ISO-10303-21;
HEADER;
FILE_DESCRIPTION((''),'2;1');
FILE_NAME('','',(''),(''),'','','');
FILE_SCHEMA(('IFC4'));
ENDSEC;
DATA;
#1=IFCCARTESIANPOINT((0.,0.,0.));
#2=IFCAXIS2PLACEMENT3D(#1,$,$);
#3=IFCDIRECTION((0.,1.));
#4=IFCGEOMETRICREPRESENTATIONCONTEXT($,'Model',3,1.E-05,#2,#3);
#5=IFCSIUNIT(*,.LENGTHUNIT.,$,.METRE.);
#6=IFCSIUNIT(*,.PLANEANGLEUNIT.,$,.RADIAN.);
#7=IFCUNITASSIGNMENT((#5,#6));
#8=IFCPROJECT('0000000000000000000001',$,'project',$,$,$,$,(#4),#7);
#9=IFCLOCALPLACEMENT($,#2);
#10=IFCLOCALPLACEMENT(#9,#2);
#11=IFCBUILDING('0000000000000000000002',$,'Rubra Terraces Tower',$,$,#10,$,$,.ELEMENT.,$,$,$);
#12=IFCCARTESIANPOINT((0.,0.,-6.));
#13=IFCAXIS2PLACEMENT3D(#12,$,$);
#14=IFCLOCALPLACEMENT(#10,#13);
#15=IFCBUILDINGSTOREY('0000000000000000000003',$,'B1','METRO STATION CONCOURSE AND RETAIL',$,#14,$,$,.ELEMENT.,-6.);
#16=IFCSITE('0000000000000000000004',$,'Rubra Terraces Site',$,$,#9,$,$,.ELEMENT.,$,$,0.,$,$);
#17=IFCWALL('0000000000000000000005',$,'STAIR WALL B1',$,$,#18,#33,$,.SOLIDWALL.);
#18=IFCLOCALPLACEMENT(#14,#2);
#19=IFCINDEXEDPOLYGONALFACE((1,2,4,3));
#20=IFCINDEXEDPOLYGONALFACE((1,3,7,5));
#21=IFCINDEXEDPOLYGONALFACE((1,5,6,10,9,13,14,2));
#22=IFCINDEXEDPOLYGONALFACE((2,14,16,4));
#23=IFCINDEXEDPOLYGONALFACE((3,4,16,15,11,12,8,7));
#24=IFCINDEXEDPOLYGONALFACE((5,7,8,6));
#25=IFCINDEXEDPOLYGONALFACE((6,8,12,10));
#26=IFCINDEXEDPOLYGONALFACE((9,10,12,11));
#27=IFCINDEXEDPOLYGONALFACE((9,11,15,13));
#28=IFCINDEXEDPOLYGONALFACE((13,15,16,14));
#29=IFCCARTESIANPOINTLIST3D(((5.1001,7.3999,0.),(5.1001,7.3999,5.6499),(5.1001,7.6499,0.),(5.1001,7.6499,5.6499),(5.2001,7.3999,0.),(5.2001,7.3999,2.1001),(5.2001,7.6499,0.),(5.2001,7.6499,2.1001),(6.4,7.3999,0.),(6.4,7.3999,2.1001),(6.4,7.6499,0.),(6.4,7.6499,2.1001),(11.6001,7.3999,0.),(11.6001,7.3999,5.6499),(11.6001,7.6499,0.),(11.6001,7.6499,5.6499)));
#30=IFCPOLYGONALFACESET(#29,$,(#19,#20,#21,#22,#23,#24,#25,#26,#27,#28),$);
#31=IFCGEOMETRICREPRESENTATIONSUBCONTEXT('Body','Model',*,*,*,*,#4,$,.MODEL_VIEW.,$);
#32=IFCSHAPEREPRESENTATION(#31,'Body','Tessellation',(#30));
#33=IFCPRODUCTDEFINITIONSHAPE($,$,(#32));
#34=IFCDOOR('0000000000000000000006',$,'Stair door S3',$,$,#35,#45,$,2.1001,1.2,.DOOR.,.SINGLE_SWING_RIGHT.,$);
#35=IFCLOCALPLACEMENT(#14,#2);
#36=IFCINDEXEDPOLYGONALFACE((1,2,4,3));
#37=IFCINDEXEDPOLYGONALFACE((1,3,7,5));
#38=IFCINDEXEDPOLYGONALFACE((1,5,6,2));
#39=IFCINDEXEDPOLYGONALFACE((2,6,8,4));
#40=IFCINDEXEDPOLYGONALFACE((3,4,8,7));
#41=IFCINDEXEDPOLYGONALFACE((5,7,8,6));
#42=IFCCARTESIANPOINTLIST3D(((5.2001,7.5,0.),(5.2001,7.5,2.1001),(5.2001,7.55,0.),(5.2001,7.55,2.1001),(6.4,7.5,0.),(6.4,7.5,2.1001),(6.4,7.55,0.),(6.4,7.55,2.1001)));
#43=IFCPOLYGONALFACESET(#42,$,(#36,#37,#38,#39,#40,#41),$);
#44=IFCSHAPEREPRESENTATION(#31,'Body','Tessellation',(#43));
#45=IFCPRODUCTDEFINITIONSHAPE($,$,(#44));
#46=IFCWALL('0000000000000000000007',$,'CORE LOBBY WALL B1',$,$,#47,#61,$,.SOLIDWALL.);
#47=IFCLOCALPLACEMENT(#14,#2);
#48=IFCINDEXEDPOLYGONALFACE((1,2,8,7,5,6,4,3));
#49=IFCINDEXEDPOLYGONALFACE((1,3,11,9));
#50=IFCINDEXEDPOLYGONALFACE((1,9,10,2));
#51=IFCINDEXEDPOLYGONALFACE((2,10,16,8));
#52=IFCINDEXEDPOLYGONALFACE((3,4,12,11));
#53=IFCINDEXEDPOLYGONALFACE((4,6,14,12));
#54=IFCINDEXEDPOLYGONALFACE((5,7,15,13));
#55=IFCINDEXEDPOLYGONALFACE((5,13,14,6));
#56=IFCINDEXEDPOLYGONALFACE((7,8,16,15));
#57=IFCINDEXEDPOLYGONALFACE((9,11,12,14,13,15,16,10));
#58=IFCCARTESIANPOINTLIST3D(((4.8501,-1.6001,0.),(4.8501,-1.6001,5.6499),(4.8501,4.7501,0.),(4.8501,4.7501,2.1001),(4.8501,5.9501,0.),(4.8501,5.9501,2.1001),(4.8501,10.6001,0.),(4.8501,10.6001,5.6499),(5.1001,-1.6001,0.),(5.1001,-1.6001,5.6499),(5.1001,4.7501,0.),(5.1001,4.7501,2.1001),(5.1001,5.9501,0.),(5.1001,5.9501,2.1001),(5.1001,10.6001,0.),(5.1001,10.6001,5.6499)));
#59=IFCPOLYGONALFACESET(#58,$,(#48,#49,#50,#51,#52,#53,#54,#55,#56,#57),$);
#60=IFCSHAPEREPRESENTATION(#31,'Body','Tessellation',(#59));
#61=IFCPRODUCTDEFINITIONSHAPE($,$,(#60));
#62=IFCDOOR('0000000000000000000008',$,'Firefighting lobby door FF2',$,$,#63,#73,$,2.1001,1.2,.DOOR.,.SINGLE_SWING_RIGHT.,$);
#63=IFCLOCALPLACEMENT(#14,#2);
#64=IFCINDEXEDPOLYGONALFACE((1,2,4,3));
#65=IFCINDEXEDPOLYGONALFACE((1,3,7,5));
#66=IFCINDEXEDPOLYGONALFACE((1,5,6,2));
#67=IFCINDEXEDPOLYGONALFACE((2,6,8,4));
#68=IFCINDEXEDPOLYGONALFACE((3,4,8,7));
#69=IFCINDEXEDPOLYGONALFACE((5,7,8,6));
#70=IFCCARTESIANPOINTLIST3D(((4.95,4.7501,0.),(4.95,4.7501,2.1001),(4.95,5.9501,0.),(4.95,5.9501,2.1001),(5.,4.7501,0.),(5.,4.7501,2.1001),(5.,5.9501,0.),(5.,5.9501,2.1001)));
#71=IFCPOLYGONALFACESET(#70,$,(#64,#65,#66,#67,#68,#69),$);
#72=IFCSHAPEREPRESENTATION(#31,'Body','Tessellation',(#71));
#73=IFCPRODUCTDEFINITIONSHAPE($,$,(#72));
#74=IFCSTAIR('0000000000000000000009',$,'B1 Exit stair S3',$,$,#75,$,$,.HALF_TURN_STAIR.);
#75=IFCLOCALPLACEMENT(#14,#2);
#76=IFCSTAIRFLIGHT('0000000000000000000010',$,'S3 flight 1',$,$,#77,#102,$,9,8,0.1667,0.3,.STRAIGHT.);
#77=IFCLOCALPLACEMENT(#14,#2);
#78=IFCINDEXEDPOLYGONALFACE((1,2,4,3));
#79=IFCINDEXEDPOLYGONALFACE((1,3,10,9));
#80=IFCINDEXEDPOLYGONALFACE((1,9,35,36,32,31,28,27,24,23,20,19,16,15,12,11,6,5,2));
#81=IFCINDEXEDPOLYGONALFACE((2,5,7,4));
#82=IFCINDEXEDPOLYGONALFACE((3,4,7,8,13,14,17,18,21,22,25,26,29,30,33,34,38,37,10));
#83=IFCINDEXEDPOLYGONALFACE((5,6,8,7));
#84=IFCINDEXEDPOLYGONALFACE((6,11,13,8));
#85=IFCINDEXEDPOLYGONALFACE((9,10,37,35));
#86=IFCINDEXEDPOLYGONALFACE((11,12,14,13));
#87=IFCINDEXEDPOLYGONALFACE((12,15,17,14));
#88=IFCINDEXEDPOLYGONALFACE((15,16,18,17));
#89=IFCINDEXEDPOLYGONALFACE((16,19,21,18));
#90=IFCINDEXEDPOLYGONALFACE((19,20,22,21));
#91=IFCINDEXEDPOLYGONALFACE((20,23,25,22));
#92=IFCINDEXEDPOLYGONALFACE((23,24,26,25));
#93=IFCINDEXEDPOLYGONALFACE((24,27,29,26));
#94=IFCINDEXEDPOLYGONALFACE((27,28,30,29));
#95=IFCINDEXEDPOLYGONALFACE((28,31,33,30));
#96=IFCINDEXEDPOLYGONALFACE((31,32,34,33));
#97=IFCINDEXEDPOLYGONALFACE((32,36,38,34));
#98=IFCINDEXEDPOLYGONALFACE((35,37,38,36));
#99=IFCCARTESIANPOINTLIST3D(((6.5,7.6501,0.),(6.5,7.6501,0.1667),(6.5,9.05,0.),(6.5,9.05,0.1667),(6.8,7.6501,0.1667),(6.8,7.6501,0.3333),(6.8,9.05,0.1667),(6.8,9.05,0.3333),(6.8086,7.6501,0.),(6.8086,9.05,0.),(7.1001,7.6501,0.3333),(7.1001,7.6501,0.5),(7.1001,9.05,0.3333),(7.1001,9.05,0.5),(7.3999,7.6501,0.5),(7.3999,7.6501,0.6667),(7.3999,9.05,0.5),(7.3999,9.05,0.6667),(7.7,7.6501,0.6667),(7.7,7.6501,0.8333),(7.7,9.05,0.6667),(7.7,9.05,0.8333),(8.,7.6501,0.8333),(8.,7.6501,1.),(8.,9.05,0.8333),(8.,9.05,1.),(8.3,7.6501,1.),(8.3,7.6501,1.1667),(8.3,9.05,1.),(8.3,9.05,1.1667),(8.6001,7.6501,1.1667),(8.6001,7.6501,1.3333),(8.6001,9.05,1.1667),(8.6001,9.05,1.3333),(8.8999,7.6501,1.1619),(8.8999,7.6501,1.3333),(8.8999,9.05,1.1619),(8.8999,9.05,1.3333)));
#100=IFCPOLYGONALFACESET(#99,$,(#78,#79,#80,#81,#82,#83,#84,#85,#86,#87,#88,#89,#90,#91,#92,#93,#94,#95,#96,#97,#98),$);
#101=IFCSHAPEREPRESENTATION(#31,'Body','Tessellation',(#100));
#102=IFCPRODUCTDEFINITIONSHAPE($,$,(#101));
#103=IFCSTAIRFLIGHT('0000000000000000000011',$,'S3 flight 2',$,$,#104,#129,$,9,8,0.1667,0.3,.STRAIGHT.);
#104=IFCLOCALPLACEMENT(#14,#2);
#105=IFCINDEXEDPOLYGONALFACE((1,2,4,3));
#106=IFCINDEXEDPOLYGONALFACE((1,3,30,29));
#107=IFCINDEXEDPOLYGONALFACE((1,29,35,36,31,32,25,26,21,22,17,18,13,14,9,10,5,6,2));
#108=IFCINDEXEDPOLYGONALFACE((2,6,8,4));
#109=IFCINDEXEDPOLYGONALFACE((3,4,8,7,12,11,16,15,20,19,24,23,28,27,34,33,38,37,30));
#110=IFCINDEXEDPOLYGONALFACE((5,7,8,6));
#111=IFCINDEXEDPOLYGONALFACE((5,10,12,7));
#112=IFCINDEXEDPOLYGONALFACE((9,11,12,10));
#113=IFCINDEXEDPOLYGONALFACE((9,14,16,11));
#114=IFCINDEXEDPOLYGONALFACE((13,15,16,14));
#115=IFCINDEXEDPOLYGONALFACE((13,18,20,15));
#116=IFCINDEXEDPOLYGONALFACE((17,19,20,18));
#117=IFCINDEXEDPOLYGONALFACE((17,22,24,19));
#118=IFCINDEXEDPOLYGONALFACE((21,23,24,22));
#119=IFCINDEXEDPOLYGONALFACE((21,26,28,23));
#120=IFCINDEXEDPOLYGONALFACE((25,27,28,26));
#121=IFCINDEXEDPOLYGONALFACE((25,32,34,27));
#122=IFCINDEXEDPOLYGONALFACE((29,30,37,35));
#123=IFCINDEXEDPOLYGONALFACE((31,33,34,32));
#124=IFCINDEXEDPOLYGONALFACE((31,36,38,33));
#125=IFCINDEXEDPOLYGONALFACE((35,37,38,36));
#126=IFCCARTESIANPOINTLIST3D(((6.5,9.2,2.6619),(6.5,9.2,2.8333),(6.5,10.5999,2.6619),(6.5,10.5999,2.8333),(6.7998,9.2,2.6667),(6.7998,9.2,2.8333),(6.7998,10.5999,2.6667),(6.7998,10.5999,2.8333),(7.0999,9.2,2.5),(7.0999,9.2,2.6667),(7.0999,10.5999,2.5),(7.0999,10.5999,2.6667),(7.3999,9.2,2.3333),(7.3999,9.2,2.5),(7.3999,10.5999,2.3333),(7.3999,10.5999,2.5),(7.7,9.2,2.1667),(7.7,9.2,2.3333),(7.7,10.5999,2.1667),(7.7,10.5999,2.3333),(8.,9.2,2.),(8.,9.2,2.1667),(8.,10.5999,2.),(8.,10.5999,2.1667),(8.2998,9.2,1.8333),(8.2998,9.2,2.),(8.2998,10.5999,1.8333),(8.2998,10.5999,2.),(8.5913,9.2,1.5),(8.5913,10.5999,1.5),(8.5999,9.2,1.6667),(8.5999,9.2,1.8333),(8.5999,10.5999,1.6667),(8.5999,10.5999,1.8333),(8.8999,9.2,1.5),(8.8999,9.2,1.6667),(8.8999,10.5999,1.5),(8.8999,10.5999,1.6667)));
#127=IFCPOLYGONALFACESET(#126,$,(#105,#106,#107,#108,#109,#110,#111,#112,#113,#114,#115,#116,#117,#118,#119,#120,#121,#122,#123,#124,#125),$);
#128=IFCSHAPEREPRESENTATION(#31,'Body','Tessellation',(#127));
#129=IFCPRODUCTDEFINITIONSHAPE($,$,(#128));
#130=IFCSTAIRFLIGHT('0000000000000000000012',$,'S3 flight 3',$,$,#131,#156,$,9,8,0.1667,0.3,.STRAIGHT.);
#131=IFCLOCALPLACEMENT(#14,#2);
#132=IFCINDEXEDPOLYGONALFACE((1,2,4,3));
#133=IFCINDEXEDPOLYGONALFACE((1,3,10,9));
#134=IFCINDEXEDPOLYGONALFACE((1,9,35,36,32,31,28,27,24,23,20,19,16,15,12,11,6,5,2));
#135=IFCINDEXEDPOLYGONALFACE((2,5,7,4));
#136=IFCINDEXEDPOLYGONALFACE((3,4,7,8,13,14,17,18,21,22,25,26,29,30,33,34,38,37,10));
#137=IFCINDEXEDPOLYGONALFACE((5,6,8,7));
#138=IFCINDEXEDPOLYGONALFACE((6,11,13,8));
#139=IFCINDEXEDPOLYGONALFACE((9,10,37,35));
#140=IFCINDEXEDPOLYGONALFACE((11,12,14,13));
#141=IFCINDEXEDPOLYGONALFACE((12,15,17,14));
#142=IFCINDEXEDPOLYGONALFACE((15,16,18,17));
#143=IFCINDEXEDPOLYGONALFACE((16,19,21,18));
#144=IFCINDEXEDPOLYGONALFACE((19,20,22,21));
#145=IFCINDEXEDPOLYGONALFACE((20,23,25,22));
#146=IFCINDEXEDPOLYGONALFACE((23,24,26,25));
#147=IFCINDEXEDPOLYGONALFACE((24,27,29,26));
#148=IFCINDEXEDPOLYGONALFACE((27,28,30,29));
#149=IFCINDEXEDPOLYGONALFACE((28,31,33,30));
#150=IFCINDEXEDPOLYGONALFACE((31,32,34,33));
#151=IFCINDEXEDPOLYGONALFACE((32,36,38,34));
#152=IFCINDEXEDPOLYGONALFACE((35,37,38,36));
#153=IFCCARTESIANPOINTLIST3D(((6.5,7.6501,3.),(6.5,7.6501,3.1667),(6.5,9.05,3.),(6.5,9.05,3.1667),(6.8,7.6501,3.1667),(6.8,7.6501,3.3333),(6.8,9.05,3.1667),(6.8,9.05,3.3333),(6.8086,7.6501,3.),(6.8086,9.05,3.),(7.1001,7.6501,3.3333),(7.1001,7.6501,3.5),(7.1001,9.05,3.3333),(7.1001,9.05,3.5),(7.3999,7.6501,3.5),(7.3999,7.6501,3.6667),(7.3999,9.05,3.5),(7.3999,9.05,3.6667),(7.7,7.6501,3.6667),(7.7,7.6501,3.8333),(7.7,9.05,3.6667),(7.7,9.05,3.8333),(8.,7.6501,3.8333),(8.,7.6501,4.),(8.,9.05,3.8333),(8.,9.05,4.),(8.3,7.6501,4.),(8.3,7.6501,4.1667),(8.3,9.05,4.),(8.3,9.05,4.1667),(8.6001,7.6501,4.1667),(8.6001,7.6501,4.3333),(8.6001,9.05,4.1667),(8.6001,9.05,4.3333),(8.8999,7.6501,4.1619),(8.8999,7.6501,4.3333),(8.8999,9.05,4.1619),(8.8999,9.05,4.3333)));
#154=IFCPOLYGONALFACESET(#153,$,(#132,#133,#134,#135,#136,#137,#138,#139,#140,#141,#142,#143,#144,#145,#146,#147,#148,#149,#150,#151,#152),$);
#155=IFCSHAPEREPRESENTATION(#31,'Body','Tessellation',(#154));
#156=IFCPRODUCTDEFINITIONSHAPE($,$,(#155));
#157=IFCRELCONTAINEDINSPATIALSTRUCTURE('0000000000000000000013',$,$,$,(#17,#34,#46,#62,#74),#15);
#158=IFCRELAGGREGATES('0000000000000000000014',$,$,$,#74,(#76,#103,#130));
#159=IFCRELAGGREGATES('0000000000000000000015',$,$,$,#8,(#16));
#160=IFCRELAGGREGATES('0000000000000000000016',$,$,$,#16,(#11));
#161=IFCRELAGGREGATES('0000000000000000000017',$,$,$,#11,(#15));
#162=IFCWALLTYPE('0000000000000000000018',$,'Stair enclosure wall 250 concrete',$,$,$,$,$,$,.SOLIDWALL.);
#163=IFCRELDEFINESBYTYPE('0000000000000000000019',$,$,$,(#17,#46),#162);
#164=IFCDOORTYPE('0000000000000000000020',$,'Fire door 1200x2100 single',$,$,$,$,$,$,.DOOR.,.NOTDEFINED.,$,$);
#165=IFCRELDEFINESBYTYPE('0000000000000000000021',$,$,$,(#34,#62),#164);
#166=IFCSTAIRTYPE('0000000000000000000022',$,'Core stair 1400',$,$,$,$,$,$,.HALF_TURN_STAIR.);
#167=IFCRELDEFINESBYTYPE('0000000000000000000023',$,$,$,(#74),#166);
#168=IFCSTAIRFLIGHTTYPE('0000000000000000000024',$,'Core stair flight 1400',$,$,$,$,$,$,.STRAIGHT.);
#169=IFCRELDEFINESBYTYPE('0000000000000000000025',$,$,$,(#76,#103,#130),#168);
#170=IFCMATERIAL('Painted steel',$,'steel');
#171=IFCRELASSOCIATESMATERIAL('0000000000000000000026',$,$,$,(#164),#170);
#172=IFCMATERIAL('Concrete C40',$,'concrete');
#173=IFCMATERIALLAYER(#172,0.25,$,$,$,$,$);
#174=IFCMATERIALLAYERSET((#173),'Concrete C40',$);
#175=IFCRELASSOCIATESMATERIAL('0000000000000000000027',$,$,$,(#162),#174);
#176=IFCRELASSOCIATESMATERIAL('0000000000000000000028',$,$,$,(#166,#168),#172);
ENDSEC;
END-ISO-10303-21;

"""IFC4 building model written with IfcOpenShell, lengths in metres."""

from ifc_helpers import new_model, si_unit, direction, frame, frame_2d, origin, place, context, subcontext, project, spatial, polyline, rectangle, outline, extrude, material, layer, layer_set, type_object, element, fill, aggregate, save


model = new_model("IFC4")

# Units and contexts
model_context = context("Model", 3, precision=1e-05, world=origin(), true_north=direction((0.0, 1.0)))
body_context = subcontext(model_context, "Body", "Model", "MODEL_VIEW")
ifc_project = project(units=[si_unit("LENGTHUNIT", "METRE"), si_unit("PLANEANGLEUNIT", "RADIAN")], contexts=[model_context])

# Site, building, storey
site_placement = place(None, origin())
site = spatial("IfcSite", under=ifc_project, at=site_placement, Name="Rubra Terraces Site", CompositionType="ELEMENT", RefElevation=0.0)
building_placement = place(site_placement, origin())
building = spatial("IfcBuilding", under=site, at=building_placement, Name="Rubra Terraces Tower", CompositionType="ELEMENT")
storey_placement = place(building_placement, frame((0.0, 0.0, -6.0)))
storey = spatial("IfcBuildingStorey", under=building, at=storey_placement, Name="B1", Description="METRO STATION CONCOURSE AND RETAIL", CompositionType="ELEMENT", Elevation=-6.0)

# Shared definitions
ifc_material_1 = material(Name="Painted steel", Category="steel")
door_type_1 = type_object("IfcDoorType", Name="Fire door 1200x2100 single", OperationType="NOTDEFINED", PredefinedType="DOOR", material=ifc_material_1)

# Walls, openings, doors
ifc_material_2 = material(Name="Concrete C40", Category="concrete")
ifc_layer_1 = layer(ifc_material_2, 0.25)
ifc_layer_set_1 = layer_set([ifc_layer_1], Name="Concrete C40")
wall_type_1 = type_object("IfcWallType", Name="Stair enclosure wall 250 concrete", PredefinedType="SOLIDWALL", material=ifc_layer_set_1)
wall_1_placement = place(storey_placement, frame((11.6001, 7.5249, 0.0), z_axis=(0.0, 0.0, 1.0), x_axis=(-1.0, 0.0, 0.0)))
wall_1 = element("IfcWall", 1, at=wall_1_placement, inside=storey, type_object=wall_type_1, Name="STAIR WALL B1", PredefinedType="SOLIDWALL", context=body_context, shape_type="SweptSolid", body=[
    extrude(rectangle(XDim=6.5, YDim=0.25, at=frame_2d((3.25, 0.0))), origin(), (0.0, 0.0, 1.0), 5.6499),
])
opening_1_placement = place(wall_1_placement, frame((5.2, 0.0, 0.0)))
opening_1 = element("IfcOpeningElement", 2, at=opening_1_placement, cuts=wall_1, PredefinedType="OPENING", context=body_context, shape_type="SweptSolid", body=[
    extrude(rectangle(XDim=1.2, YDim=2.1001, at=frame_2d((0.6001, 1.05))), frame((0.0, 0.135, 0.0), z_axis=(0.0, -1.0, 0.0), x_axis=(1.0, 0.0, 0.0)), (0.0, 0.0, 1.0), 0.27),
])
door_1_placement = place(opening_1_placement, origin())
door_1 = element("IfcDoor", 3, at=door_1_placement, inside=storey, type_object=door_type_1, Name="Stair door S3", OperationType="SINGLE_SWING_RIGHT", OverallHeight=2.1001, OverallWidth=1.2, PredefinedType="DOOR", context=body_context, shape_type="SweptSolid", body=[
    extrude(rectangle(XDim=1.2, YDim=2.1001, at=frame_2d((0.6001, 1.05))), frame((0.0, 0.0249, 0.0), z_axis=(0.0, -1.0, 0.0), x_axis=(1.0, 0.0, 0.0)), (0.0, 0.0, 1.0), 0.05),
])
fill(opening_1, door_1)
wall_2_placement = place(storey_placement, frame((4.9751, 10.6001, 0.0), z_axis=(0.0, 0.0, 1.0), x_axis=(0.0, -1.0, 0.0)))
wall_2 = element("IfcWall", 4, at=wall_2_placement, inside=storey, type_object=wall_type_1, Name="CORE LOBBY WALL B1", PredefinedType="SOLIDWALL", context=body_context, shape_type="SweptSolid", body=[
    extrude(rectangle(XDim=12.2002, YDim=0.25, at=frame_2d((6.1001, 0.0))), origin(), (0.0, 0.0, 1.0), 5.6499),
])
opening_2_placement = place(wall_2_placement, frame((4.6499, 0.0, 0.0)))
opening_2 = element("IfcOpeningElement", 5, at=opening_2_placement, cuts=wall_2, PredefinedType="OPENING", context=body_context, shape_type="SweptSolid", body=[
    extrude(rectangle(XDim=1.2, YDim=2.1001, at=frame_2d((0.6001, 1.05))), frame((0.0, 0.135, 0.0), z_axis=(0.0, -1.0, 0.0), x_axis=(1.0, 0.0, 0.0)), (0.0, 0.0, 1.0), 0.27),
])
door_2_placement = place(opening_2_placement, origin())
door_2 = element("IfcDoor", 6, at=door_2_placement, inside=storey, type_object=door_type_1, Name="Firefighting lobby door FF2", OperationType="SINGLE_SWING_RIGHT", OverallHeight=2.1001, OverallWidth=1.2, PredefinedType="DOOR", context=body_context, shape_type="SweptSolid", body=[
    extrude(rectangle(XDim=1.2, YDim=2.1001, at=frame_2d((0.6001, 1.05))), frame((0.0, 0.0249, 0.0), z_axis=(0.0, -1.0, 0.0), x_axis=(1.0, 0.0, 0.0)), (0.0, 0.0, 1.0), 0.05),
])
fill(opening_2, door_2)

# Stair, stair flights
stair_type = type_object("IfcStairType", Name="Core stair 1400", PredefinedType="HALF_TURN_STAIR", material=ifc_material_2)
stair_placement = place(storey_placement, origin())
stair = element("IfcStair", 7, at=stair_placement, inside=storey, type_object=stair_type, Name="B1 Exit stair S3", PredefinedType="HALF_TURN_STAIR")
stair_flight_type = type_object("IfcStairFlightType", Name="Core stair flight 1400", PredefinedType="STRAIGHT", material=ifc_material_2)
stair_flight_1_placement = place(storey_placement, frame((6.5, 8.3501, 0.0), z_axis=(0.0, 0.0, 1.0), x_axis=(1.0, 0.0, 0.0)))
stair_flight_1 = element("IfcStairFlight", 8, at=stair_flight_1_placement, type_object=stair_flight_type, Name="S3 flight 1", NumberOfRisers=9, NumberOfTreads=8, PredefinedType="STRAIGHT", RiserHeight=0.1667, TreadLength=0.3, context=body_context, shape_type="SweptSolid", body=[
    extrude(outline(polyline([(0.0, 0.0), (0.0, 0.1667), (0.3, 0.1667), (0.3, 0.3333), (0.6001, 0.3333), (0.6001, 0.5), (0.8999, 0.5), (0.8999, 0.6667), (1.2, 0.6667), (1.2, 0.8333), (1.5, 0.8333), (1.5, 1.0), (1.8, 1.0), (1.8, 1.1667), (2.1001, 1.1667), (2.1001, 1.3333), (2.3999, 1.3333), (2.3999, 1.5), (2.3999, 1.1619), (0.3086, 0.0), (0.0, 0.0)])), frame((0.0, 0.7, 0.0), z_axis=(0.0, -1.0, 0.0), x_axis=(1.0, 0.0, 0.0)), (0.0, 0.0, 1.0), 1.3999),
])
stair_flight_2_placement = place(storey_placement, frame((8.8999, 9.8999, 1.5), z_axis=(0.0, 0.0, 1.0), x_axis=(-1.0, 0.0, 0.0)))
stair_flight_2 = element("IfcStairFlight", 9, at=stair_flight_2_placement, type_object=stair_flight_type, Name="S3 flight 2", NumberOfRisers=9, NumberOfTreads=8, PredefinedType="STRAIGHT", RiserHeight=0.1667, TreadLength=0.3, context=body_context, shape_type="SweptSolid", body=[
    extrude(outline(polyline([(0.0, 0.0), (0.0, 0.1667), (0.3, 0.1667), (0.3, 0.3333), (0.6001, 0.3333), (0.6001, 0.5), (0.8999, 0.5), (0.8999, 0.6667), (1.2, 0.6667), (1.2, 0.8333), (1.5, 0.8333), (1.5, 1.0), (1.8, 1.0), (1.8, 1.1667), (2.1001, 1.1667), (2.1001, 1.3333), (2.3999, 1.3333), (2.3999, 1.5), (2.3999, 1.1619), (0.3086, 0.0), (0.0, 0.0)])), frame((0.0, 0.7, 0.0), z_axis=(0.0, -1.0, 0.0), x_axis=(1.0, 0.0, 0.0)), (0.0, 0.0, 1.0), 1.3999),
])
stair_flight_3_placement = place(storey_placement, frame((6.5, 8.3501, 3.0), z_axis=(0.0, 0.0, 1.0), x_axis=(1.0, 0.0, 0.0)))
stair_flight_3 = element("IfcStairFlight", 10, at=stair_flight_3_placement, type_object=stair_flight_type, Name="S3 flight 3", NumberOfRisers=9, NumberOfTreads=8, PredefinedType="STRAIGHT", RiserHeight=0.1667, TreadLength=0.3, context=body_context, shape_type="SweptSolid", body=[
    extrude(outline(polyline([(0.0, 0.0), (0.0, 0.1667), (0.3, 0.1667), (0.3, 0.3333), (0.6001, 0.3333), (0.6001, 0.5), (0.8999, 0.5), (0.8999, 0.6667), (1.2, 0.6667), (1.2, 0.8333), (1.5, 0.8333), (1.5, 1.0), (1.8, 1.0), (1.8, 1.1667), (2.1001, 1.1667), (2.1001, 1.3333), (2.3999, 1.3333), (2.3999, 1.5), (2.3999, 1.1619), (0.3086, 0.0), (0.0, 0.0)])), frame((0.0, 0.7, 0.0), z_axis=(0.0, -1.0, 0.0), x_axis=(1.0, 0.0, 0.0)), (0.0, 0.0, 1.0), 1.3999),
])
aggregate(stair, [stair_flight_1, stair_flight_2, stair_flight_3])

save(model, "model.ifc")
